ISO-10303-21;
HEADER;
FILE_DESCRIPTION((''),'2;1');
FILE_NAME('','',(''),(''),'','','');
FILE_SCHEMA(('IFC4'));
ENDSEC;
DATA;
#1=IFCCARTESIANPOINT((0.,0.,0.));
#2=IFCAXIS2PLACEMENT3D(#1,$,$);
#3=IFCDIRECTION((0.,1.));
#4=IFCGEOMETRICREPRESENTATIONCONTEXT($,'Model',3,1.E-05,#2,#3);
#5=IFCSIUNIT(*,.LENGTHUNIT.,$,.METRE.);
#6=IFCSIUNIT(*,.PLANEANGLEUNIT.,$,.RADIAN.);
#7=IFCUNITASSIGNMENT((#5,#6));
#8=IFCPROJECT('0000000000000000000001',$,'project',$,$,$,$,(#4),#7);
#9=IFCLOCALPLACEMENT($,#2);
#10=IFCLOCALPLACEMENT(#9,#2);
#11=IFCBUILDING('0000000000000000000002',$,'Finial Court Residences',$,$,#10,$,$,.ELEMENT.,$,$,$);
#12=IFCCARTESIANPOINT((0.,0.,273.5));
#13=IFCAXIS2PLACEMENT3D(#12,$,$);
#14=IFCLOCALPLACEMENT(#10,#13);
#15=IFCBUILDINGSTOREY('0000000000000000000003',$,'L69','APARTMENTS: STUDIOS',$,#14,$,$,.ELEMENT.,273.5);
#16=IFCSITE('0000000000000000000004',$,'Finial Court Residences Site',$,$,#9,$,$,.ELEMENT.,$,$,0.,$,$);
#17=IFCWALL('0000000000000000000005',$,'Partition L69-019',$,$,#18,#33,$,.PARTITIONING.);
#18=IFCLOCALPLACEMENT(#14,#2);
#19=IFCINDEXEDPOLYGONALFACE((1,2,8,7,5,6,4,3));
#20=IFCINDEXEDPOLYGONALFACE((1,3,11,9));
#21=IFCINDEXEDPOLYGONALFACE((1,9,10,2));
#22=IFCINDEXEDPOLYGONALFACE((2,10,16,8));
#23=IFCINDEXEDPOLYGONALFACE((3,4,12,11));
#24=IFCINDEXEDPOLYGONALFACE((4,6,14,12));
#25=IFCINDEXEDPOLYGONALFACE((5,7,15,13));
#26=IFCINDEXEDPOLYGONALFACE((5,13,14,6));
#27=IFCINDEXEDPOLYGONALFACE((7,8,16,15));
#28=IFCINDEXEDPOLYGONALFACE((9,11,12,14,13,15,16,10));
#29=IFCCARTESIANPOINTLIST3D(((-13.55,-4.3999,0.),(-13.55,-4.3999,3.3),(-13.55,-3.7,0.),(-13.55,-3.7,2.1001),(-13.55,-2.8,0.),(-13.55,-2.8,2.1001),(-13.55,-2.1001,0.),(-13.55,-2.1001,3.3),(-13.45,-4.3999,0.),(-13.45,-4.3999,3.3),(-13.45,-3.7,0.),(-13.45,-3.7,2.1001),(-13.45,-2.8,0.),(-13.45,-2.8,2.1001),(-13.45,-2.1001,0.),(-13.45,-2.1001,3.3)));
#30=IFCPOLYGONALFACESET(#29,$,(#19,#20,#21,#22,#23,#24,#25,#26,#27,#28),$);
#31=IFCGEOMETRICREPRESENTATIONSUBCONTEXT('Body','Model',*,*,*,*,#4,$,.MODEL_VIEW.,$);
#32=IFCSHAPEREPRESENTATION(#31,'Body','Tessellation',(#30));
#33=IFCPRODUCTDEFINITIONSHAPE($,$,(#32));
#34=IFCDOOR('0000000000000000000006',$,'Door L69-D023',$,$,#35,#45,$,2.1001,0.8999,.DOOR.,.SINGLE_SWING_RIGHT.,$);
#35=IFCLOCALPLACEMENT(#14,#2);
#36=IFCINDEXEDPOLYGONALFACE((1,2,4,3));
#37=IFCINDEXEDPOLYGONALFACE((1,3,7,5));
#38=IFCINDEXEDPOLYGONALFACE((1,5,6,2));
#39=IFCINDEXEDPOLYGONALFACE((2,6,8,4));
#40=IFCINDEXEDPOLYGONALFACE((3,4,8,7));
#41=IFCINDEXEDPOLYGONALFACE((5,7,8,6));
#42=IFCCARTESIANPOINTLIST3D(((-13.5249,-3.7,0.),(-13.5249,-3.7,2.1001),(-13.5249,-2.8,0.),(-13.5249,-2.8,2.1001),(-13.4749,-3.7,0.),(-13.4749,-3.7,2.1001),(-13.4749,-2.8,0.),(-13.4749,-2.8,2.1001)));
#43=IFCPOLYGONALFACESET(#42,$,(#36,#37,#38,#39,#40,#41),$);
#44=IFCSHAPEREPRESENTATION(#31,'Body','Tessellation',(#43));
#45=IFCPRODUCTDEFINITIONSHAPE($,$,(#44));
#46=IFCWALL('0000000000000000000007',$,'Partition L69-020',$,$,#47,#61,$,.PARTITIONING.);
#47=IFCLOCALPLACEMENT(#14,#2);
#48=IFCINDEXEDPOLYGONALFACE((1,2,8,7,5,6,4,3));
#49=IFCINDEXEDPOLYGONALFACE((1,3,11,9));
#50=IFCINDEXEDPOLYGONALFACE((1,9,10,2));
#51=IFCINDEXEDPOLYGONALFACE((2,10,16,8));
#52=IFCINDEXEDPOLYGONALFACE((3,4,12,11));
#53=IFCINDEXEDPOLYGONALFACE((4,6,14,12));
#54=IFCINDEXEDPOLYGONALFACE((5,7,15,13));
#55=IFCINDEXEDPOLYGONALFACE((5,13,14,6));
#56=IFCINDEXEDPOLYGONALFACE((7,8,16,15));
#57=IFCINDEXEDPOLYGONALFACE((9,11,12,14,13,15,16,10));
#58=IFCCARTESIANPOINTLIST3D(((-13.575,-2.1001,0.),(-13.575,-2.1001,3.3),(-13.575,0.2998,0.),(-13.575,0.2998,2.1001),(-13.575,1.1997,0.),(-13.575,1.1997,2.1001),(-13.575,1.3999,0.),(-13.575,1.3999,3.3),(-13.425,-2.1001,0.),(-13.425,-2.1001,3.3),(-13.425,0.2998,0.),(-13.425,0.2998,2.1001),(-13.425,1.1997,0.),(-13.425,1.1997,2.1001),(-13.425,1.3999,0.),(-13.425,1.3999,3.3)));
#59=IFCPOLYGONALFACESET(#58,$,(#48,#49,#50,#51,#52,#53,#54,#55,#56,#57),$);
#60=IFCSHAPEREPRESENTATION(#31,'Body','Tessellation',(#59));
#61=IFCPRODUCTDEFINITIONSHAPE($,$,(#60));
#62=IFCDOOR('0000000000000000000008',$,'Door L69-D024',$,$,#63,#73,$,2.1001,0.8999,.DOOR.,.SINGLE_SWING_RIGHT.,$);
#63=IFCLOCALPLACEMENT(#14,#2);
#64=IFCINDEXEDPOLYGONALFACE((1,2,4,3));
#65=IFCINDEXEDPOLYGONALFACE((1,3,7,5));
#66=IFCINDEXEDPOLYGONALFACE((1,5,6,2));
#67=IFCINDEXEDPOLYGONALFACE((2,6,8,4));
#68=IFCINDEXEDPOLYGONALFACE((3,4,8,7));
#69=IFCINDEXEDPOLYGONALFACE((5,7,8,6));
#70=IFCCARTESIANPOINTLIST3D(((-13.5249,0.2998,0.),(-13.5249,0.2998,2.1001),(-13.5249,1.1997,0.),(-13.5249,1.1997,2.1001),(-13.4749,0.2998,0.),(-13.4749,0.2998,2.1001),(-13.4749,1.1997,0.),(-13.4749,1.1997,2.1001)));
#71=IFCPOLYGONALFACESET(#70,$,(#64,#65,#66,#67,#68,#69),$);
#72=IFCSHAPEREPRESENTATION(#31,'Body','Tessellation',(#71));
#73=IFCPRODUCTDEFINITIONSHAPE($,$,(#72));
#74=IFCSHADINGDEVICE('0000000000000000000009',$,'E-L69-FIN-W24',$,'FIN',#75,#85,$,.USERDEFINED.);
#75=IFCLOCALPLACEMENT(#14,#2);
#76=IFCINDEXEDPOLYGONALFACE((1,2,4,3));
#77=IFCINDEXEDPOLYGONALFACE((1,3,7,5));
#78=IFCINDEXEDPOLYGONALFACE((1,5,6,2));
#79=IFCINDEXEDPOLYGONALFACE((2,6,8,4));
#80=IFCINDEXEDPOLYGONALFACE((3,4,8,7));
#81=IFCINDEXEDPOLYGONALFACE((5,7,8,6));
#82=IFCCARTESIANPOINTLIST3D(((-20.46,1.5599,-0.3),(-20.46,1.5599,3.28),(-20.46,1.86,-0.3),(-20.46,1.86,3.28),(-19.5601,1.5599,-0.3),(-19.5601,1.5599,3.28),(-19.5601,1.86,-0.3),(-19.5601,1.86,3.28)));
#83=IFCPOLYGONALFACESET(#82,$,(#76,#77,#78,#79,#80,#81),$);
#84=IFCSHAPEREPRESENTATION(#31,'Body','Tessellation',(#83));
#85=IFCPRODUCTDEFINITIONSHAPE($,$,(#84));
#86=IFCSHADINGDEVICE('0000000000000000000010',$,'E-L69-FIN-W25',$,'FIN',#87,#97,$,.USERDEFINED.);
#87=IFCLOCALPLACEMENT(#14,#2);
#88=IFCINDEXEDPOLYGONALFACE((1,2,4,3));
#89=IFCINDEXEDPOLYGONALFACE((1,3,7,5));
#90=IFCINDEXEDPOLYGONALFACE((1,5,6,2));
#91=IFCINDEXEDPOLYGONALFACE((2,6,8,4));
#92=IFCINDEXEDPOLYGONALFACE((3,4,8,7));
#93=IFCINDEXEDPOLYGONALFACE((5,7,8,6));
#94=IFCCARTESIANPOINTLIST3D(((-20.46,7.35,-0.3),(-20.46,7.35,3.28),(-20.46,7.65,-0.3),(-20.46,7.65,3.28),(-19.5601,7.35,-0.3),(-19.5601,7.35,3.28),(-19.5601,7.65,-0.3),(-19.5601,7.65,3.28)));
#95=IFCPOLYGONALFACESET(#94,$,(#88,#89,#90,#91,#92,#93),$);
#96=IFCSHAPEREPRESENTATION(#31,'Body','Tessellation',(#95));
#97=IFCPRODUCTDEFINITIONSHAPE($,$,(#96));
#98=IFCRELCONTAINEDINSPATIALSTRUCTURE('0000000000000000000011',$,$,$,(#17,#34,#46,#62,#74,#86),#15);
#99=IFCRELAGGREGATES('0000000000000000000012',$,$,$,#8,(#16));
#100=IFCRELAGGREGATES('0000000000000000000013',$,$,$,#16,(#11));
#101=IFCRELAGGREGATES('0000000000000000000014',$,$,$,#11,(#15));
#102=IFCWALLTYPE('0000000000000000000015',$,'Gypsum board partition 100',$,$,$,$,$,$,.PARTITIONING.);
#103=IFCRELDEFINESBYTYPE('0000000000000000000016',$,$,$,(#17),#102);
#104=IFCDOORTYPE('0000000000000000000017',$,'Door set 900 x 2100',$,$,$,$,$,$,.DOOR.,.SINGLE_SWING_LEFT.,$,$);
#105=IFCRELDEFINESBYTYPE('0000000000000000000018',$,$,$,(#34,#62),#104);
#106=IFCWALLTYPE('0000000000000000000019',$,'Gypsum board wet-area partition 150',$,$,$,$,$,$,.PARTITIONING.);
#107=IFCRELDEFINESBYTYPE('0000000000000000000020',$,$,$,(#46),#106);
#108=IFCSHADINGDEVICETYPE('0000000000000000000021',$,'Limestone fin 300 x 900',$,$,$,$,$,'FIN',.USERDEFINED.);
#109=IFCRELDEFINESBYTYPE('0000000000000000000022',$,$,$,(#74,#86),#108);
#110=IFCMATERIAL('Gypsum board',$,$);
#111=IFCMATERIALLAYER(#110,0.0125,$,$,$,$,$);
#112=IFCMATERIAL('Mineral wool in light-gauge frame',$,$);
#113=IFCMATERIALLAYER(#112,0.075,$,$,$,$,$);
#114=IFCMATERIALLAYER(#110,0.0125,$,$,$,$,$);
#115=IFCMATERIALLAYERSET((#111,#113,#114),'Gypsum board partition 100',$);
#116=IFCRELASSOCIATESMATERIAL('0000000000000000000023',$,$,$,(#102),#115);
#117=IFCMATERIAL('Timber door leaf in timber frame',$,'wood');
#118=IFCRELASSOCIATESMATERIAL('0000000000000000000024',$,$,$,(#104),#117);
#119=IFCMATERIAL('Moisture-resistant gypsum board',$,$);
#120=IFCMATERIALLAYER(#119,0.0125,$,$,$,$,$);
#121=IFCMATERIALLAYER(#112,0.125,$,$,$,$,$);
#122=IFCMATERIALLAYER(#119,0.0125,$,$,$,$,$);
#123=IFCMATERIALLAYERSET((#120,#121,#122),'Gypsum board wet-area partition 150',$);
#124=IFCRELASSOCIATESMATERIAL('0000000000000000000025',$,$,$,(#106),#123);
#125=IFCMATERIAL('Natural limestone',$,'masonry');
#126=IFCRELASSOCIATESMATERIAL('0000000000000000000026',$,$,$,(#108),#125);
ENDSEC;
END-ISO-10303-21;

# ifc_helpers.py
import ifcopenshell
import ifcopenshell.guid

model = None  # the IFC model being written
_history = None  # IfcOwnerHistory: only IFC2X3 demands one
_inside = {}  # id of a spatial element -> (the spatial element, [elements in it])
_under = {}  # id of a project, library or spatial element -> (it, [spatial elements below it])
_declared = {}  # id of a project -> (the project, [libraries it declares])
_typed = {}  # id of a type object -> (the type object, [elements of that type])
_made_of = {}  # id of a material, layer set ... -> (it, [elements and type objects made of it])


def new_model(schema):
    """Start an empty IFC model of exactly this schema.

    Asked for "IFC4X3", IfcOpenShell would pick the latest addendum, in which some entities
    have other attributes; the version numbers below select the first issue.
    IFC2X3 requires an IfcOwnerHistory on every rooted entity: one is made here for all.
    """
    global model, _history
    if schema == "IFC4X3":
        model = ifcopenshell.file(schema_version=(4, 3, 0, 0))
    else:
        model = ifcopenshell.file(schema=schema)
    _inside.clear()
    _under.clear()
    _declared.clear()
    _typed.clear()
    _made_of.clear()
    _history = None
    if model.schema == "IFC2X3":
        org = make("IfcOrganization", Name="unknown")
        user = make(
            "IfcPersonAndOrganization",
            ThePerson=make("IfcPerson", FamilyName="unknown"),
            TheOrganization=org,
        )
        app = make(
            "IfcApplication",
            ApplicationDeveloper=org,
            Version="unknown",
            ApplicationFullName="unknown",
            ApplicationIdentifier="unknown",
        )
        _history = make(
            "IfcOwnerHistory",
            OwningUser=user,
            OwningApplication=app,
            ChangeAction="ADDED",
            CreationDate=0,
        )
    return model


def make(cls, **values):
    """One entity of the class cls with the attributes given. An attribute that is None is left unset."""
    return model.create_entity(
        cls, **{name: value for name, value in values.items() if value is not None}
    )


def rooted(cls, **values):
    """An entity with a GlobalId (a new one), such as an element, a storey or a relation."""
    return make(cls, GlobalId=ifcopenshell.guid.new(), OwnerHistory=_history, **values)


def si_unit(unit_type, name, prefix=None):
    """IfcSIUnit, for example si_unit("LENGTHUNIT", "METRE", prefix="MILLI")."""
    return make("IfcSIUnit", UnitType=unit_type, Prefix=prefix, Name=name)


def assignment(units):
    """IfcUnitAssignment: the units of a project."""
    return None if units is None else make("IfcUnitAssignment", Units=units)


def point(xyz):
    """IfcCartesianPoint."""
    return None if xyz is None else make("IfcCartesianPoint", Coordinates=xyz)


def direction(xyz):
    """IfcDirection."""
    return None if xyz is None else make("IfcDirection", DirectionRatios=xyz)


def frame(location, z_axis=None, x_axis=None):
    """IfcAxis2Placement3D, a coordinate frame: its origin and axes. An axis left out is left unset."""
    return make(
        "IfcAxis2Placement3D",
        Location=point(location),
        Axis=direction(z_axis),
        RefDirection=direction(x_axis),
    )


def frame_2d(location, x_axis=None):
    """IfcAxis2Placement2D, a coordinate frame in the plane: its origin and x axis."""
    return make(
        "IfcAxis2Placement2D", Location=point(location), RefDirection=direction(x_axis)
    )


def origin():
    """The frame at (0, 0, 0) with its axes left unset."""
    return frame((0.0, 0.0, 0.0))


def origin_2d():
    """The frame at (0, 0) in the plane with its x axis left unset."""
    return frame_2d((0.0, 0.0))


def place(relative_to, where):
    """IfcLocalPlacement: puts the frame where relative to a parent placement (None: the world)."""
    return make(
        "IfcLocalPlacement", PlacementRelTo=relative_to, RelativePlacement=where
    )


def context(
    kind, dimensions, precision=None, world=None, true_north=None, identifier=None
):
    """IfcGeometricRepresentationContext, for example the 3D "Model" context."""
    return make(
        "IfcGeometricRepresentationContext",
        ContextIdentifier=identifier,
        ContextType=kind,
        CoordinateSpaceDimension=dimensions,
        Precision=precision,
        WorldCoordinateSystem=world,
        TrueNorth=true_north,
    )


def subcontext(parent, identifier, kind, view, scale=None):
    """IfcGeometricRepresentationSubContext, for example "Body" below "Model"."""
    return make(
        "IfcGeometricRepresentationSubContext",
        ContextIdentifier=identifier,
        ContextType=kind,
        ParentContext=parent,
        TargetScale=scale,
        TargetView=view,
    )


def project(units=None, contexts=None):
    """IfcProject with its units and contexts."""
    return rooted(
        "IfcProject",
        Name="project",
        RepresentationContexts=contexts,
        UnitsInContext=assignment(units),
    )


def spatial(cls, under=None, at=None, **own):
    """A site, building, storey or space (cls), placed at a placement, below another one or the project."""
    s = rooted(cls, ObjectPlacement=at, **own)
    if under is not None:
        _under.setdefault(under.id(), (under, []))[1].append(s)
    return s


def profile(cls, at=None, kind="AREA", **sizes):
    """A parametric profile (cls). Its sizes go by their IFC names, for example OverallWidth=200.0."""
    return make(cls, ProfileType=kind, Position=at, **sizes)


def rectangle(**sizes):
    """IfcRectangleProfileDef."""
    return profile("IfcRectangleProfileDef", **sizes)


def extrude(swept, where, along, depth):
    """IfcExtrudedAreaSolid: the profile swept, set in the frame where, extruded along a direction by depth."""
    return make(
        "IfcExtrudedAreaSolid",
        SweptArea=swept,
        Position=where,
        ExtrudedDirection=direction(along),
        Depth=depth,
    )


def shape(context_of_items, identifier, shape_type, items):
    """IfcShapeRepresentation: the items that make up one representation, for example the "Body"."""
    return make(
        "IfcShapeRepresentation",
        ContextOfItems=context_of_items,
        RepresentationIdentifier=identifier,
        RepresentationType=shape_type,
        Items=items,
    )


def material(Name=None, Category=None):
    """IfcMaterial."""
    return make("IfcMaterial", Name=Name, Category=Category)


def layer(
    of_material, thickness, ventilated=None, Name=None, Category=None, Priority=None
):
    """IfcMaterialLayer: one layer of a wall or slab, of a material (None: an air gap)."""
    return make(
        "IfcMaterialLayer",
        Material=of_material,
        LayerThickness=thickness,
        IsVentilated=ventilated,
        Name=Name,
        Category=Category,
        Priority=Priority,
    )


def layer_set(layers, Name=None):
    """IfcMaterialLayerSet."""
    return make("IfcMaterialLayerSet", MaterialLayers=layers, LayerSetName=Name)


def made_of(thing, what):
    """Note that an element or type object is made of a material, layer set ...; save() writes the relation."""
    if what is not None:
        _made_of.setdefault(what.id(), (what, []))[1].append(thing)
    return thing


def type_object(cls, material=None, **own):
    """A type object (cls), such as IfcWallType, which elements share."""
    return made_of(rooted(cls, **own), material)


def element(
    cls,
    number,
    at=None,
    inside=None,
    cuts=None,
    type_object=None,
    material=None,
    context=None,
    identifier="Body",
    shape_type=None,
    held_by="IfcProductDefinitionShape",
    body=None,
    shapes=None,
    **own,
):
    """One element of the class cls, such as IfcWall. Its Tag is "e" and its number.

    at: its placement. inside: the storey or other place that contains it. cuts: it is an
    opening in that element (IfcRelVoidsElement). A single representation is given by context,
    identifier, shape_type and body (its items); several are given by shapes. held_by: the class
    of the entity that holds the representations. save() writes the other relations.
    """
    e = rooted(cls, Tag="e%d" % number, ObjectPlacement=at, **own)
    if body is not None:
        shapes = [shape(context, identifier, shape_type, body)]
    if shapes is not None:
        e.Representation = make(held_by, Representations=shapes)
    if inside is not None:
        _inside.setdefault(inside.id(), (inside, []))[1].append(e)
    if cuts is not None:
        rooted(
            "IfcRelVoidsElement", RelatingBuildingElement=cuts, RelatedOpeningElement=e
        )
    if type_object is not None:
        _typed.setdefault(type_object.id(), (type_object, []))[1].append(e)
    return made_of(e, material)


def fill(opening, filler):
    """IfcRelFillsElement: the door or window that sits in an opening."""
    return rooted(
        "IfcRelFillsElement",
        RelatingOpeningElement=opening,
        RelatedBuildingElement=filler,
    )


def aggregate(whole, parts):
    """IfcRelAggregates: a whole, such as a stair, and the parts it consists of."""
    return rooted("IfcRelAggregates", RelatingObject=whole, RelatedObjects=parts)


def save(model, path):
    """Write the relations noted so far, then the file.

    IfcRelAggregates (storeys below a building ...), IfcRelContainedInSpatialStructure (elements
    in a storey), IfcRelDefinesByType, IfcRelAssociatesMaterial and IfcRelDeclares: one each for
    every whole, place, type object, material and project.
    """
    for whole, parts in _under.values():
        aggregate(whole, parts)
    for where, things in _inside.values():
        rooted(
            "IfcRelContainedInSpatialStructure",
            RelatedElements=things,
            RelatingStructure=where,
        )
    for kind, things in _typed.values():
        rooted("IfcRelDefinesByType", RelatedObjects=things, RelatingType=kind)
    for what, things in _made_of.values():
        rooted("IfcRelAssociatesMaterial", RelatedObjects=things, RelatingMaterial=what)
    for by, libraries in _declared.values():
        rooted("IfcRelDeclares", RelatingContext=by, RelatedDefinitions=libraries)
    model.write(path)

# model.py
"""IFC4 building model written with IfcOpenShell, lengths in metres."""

from ifc_helpers import new_model, si_unit, direction, frame, frame_2d, origin, origin_2d, place, context, subcontext, project, spatial, rectangle, extrude, material, layer, layer_set, type_object, element, fill, save


model = new_model("IFC4")

# Units and contexts
model_context = context("Model", 3, precision=1e-05, world=origin(), true_north=direction((0.0, 1.0)))
body_context = subcontext(model_context, "Body", "Model", "MODEL_VIEW")
ifc_project = project(units=[si_unit("LENGTHUNIT", "METRE"), si_unit("PLANEANGLEUNIT", "RADIAN")], contexts=[model_context])

# Site, building, storey
site_placement = place(None, origin())
site = spatial("IfcSite", under=ifc_project, at=site_placement, Name="Finial Court Residences Site", CompositionType="ELEMENT", RefElevation=0.0)
building_placement = place(site_placement, origin())
building = spatial("IfcBuilding", under=site, at=building_placement, Name="Finial Court Residences", CompositionType="ELEMENT")
storey_placement = place(building_placement, frame((0.0, 0.0, 273.5)))
storey = spatial("IfcBuildingStorey", under=building, at=storey_placement, Name="L69", Description="APARTMENTS: STUDIOS", CompositionType="ELEMENT", Elevation=273.5)

# Shared definitions
ifc_material_1 = material(Name="Gypsum board")

# Shared definitions
ifc_layer_1 = layer(ifc_material_1, 0.0125)
ifc_material_2 = material(Name="Mineral wool in light-gauge frame")
ifc_layer_2 = layer(ifc_material_2, 0.075)
ifc_layer_3 = layer(ifc_material_1, 0.0125)
ifc_layer_set_1 = layer_set([ifc_layer_1, ifc_layer_2, ifc_layer_3], Name="Gypsum board partition 100")
wall_type_1 = type_object("IfcWallType", Name="Gypsum board partition 100", PredefinedType="PARTITIONING", material=ifc_layer_set_1)

# Walls, openings, doors
wall_1_placement = place(storey_placement, frame((-13.5, -4.3999, 0.0), z_axis=(0.0, 0.0, 1.0), x_axis=(0.0, 1.0, 0.0)))
wall_1 = element("IfcWall", 1, at=wall_1_placement, inside=storey, type_object=wall_type_1, Name="Partition L69-019", PredefinedType="PARTITIONING", context=body_context, shape_type="SweptSolid", body=[
    extrude(rectangle(XDim=2.2998, YDim=0.1001, at=frame_2d((1.1499, 0.0))), origin(), (0.0, 0.0, 1.0), 3.3),
])
opening_1_placement = place(wall_1_placement, frame((0.7, 0.0, 0.0)))
opening_1 = element("IfcOpeningElement", 2, at=opening_1_placement, cuts=wall_1, PredefinedType="OPENING", context=body_context, shape_type="SweptSolid", body=[
    extrude(rectangle(XDim=0.8999, YDim=2.1001, at=frame_2d((0.45, 1.05))), frame((0.0, 0.0601, 0.0), z_axis=(0.0, -1.0, 0.0), x_axis=(1.0, 0.0, 0.0)), (0.0, 0.0, 1.0), 0.1201),
])
ifc_material_3 = material(Name="Timber door leaf in timber frame", Category="wood")
door_type_1 = type_object("IfcDoorType", Name="Door set 900 x 2100", OperationType="SINGLE_SWING_LEFT", PredefinedType="DOOR", material=ifc_material_3)
door_1_placement = place(opening_1_placement, origin())
door_1 = element("IfcDoor", 3, at=door_1_placement, inside=storey, type_object=door_type_1, Name="Door L69-D023", OperationType="SINGLE_SWING_RIGHT", OverallHeight=2.1001, OverallWidth=0.8999, PredefinedType="DOOR", context=body_context, shape_type="SweptSolid", body=[
    extrude(rectangle(XDim=0.8999, YDim=2.1001, at=frame_2d((0.45, 1.05))), frame((0.0, 0.0249, 0.0), z_axis=(0.0, -1.0, 0.0), x_axis=(1.0, 0.0, 0.0)), (0.0, 0.0, 1.0), 0.05),
])
fill(opening_1, door_1)
ifc_material_4 = material(Name="Moisture-resistant gypsum board")
ifc_layer_4 = layer(ifc_material_4, 0.0125)
ifc_layer_5 = layer(ifc_material_2, 0.125)
ifc_layer_6 = layer(ifc_material_4, 0.0125)
ifc_layer_set_2 = layer_set([ifc_layer_4, ifc_layer_5, ifc_layer_6], Name="Gypsum board wet-area partition 150")
wall_type_2 = type_object("IfcWallType", Name="Gypsum board wet-area partition 150", PredefinedType="PARTITIONING", material=ifc_layer_set_2)
wall_2_placement = place(storey_placement, frame((-13.5, -2.1001, 0.0), z_axis=(0.0, 0.0, 1.0), x_axis=(0.0, 1.0, 0.0)))
wall_2 = element("IfcWall", 4, at=wall_2_placement, inside=storey, type_object=wall_type_2, Name="Partition L69-020", PredefinedType="PARTITIONING", context=body_context, shape_type="SweptSolid", body=[
    extrude(rectangle(XDim=3.5, YDim=0.1499, at=frame_2d((1.75, 0.0))), origin(), (0.0, 0.0, 1.0), 3.3),
])
opening_2_placement = place(wall_2_placement, frame((2.3999, 0.0, 0.0)))
opening_2 = element("IfcOpeningElement", 5, at=opening_2_placement, cuts=wall_2, PredefinedType="OPENING", context=body_context, shape_type="SweptSolid", body=[
    extrude(rectangle(XDim=0.8999, YDim=2.1001, at=frame_2d((0.45, 1.05))), frame((0.0, 0.085, 0.0), z_axis=(0.0, -1.0, 0.0), x_axis=(1.0, 0.0, 0.0)), (0.0, 0.0, 1.0), 0.1699),
])
door_2_placement = place(opening_2_placement, origin())
door_2 = element("IfcDoor", 6, at=door_2_placement, inside=storey, type_object=door_type_1, Name="Door L69-D024", OperationType="SINGLE_SWING_RIGHT", OverallHeight=2.1001, OverallWidth=0.8999, PredefinedType="DOOR", context=body_context, shape_type="SweptSolid", body=[
    extrude(rectangle(XDim=0.8999, YDim=2.1001, at=frame_2d((0.45, 1.05))), frame((0.0, 0.0249, 0.0), z_axis=(0.0, -1.0, 0.0), x_axis=(1.0, 0.0, 0.0)), (0.0, 0.0, 1.0), 0.05),
])
fill(opening_2, door_2)

# Shading devices
ifc_material_5 = material(Name="Natural limestone", Category="masonry")
shading_device_type = type_object("IfcShadingDeviceType", Name="Limestone fin 300 x 900", ElementType="FIN", PredefinedType="USERDEFINED", material=ifc_material_5)
for number, where, z_axis, x_axis, name in (
    (7, (-20.01, 1.71, -0.3), (0.0, 0.0, 1.0), (1.0, 0.0, 0.0), "E-L69-FIN-W24"),
    (8, (-20.01, 7.5, -0.3), (0.0, 0.0, 1.0), (1.0, 0.0, 0.0), "E-L69-FIN-W25"),
):
    element("IfcShadingDevice", number, at=place(storey_placement, frame(where, z_axis=z_axis, x_axis=x_axis)), inside=storey, type_object=shading_device_type, Name=name, ObjectType="FIN", PredefinedType="USERDEFINED", context=body_context, shape_type="SweptSolid", body=[
        extrude(rectangle(XDim=0.8999, YDim=0.3, at=origin_2d()), origin(), (0.0, 0.0, 1.0), 3.5801),
    ])

save(model, "model.ifc")
